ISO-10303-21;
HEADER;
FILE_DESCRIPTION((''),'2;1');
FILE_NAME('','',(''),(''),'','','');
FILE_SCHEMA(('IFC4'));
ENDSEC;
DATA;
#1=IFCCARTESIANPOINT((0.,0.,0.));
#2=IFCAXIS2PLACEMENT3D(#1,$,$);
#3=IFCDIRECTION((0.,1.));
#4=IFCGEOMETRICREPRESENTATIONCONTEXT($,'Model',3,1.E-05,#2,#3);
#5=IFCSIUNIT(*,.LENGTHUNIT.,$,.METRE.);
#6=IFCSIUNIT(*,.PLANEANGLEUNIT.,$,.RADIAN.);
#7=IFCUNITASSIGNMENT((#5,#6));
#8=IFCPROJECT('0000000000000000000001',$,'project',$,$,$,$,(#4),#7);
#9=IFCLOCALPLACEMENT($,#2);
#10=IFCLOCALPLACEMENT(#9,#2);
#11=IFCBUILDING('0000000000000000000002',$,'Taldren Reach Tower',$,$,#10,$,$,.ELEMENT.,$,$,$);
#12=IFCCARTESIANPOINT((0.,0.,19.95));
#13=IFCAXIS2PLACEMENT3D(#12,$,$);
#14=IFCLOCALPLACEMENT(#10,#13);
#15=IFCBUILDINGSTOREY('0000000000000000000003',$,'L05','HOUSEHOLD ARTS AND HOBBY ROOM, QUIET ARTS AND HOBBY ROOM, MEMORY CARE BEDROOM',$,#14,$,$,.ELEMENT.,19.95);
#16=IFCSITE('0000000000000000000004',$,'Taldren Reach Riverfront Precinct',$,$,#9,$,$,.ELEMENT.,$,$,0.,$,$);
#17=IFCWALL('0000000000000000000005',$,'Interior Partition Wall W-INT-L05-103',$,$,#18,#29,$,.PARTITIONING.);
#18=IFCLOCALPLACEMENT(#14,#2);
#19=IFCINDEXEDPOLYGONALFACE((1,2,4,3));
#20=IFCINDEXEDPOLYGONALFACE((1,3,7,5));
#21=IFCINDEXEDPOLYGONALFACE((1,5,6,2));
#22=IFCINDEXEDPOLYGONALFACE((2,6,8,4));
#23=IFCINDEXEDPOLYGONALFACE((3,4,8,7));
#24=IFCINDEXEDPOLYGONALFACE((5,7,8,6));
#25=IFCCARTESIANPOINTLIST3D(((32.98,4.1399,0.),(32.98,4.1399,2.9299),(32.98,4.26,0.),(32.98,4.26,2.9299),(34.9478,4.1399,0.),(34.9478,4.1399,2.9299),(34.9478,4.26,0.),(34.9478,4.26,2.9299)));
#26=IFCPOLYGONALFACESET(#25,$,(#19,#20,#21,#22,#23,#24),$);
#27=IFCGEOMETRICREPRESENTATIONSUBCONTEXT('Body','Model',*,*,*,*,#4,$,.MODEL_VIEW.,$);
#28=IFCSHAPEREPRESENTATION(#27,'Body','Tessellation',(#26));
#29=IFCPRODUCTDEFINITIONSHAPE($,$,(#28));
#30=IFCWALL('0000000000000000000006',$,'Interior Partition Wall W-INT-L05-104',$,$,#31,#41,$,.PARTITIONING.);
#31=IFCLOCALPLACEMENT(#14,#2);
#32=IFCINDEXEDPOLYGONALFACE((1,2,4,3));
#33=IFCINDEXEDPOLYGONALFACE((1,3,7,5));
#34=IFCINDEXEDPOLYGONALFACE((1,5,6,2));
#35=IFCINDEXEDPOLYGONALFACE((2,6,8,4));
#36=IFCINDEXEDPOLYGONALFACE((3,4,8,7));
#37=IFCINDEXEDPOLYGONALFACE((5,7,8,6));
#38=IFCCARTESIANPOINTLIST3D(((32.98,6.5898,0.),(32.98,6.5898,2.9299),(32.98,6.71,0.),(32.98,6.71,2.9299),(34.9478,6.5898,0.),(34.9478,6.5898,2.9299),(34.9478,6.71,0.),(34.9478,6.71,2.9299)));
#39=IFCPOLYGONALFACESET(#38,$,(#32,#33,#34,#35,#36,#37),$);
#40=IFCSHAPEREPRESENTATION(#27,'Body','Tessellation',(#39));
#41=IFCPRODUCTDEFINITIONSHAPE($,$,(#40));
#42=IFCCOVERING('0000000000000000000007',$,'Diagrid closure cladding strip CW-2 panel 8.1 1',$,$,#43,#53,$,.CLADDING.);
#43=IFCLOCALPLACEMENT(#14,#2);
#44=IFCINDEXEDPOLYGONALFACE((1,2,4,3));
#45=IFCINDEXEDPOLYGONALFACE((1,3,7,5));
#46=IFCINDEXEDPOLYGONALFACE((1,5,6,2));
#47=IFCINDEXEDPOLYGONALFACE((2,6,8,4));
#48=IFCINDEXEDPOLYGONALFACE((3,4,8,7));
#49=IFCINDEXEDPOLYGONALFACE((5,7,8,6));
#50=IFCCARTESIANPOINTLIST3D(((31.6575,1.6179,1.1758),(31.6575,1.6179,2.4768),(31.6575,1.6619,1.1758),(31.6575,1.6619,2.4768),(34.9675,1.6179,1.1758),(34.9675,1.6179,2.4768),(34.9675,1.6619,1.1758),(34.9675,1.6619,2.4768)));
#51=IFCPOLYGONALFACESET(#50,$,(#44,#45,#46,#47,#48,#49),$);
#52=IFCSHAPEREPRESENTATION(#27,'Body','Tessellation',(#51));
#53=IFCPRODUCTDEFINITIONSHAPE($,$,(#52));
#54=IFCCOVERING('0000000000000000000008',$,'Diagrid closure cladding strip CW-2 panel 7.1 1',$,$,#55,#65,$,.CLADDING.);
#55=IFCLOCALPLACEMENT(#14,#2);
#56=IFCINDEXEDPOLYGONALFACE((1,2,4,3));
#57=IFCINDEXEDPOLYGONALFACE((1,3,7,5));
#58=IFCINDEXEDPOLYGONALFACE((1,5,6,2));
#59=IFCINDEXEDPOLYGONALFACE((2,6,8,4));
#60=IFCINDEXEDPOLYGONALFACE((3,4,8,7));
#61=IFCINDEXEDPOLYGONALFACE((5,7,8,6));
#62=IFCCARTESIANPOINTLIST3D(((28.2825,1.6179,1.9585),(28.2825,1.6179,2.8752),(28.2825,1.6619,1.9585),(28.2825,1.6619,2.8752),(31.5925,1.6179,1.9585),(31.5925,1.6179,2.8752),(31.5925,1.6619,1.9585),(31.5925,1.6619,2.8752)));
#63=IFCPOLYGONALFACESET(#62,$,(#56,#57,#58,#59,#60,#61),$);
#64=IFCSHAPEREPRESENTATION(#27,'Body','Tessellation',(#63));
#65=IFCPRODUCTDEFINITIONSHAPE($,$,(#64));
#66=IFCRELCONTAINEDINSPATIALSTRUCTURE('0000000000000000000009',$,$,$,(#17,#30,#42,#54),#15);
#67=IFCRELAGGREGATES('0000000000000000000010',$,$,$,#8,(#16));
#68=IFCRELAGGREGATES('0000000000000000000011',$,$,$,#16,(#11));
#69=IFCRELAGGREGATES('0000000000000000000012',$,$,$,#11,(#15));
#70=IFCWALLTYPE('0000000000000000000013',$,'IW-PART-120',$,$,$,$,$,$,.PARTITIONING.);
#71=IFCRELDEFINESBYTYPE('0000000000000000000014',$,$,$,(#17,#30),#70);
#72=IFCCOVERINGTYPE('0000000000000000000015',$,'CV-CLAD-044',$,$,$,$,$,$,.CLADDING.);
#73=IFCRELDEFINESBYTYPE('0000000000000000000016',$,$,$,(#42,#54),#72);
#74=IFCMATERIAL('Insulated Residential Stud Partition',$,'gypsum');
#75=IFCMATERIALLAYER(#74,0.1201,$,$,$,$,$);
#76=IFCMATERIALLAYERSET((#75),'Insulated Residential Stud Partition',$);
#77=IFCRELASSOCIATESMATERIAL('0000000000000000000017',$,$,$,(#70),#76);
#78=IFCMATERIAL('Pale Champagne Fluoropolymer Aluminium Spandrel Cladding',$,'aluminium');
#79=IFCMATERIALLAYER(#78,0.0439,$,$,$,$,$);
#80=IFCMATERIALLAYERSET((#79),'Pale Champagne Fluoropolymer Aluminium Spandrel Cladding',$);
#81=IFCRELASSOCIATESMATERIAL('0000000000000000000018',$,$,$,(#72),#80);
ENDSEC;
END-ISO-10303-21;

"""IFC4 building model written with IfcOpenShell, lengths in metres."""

from ifc_helpers import new_model, si_unit, direction, frame, frame_2d, origin, origin_2d, place, context, subcontext, project, spatial, rectangle, extrude, source, transform, mapped, material, layer, layer_set, type_object, element, save


model = new_model("IFC4")

# Units and contexts
model_context = context("Model", 3, precision=1e-05, world=origin(), true_north=direction((0.0, 1.0)))
body_context = subcontext(model_context, "Body", "Model", "MODEL_VIEW")
ifc_project = project(units=[si_unit("LENGTHUNIT", "METRE"), si_unit("PLANEANGLEUNIT", "RADIAN")], contexts=[model_context])

# Site, building, storey
site_placement = place(None, origin())
site = spatial("IfcSite", under=ifc_project, at=site_placement, Name="Taldren Reach Riverfront Precinct", CompositionType="ELEMENT", RefElevation=0.0)
building_placement = place(site_placement, origin())
building = spatial("IfcBuilding", under=site, at=building_placement, Name="Taldren Reach Tower", CompositionType="ELEMENT")
storey_placement = place(building_placement, frame((0.0, 0.0, 19.95)))
storey = spatial("IfcBuildingStorey", under=building, at=storey_placement, Name="L05", Description="HOUSEHOLD ARTS AND HOBBY ROOM, QUIET ARTS AND HOBBY ROOM, MEMORY CARE BEDROOM", CompositionType="ELEMENT", Elevation=19.95)

# Shared definitions
ifc_material_1 = material(Name="Insulated Residential Stud Partition", Category="gypsum")
ifc_layer_1 = layer(ifc_material_1, 0.1201)
ifc_layer_set_1 = layer_set([ifc_layer_1], Name="Insulated Residential Stud Partition")
wall_type_1 = type_object("IfcWallType", Name="IW-PART-120", PredefinedType="PARTITIONING", material=ifc_layer_set_1)

# Walls
shared_shape_1 = source(origin(), body_context, "Body", "SweptSolid", [
    extrude(rectangle(XDim=1.9678, YDim=0.1201, at=frame_2d((0.9839, 0.0))), origin(), (0.0, 0.0, 1.0), 2.9299),
])
for number, where, z_axis, x_axis, name in (
    (1, (32.98, 4.2, 0.0), (0.0, 0.0, 1.0), (1.0, 0.0, 0.0), "Interior Partition Wall W-INT-L05-103"),
    (2, (34.9478, 6.6499, 0.0), (0.0, 0.0, 1.0), (-1.0, 0.0, 0.0), "Interior Partition Wall W-INT-L05-104"),
):
    element("IfcWall", number, at=place(storey_placement, frame(where, z_axis=z_axis, x_axis=x_axis)), inside=storey, type_object=wall_type_1, Name=name, PredefinedType="PARTITIONING", context=body_context, shape_type="MappedRepresentation", body=[
        mapped(shared_shape_1, transform((0.0, 0.0, 0.0), scale=1.0)),
    ])

# Coverings
ifc_material_2 = material(Name="Pale Champagne Fluoropolymer Aluminium Spandrel Cladding", Category="aluminium")
ifc_layer_2 = layer(ifc_material_2, 0.0439)
ifc_layer_set_2 = layer_set([ifc_layer_2], Name="Pale Champagne Fluoropolymer Aluminium Spandrel Cladding")
covering_type = type_object("IfcCoveringType", Name="CV-CLAD-044", PredefinedType="CLADDING", material=ifc_layer_set_2)
shared_shape_2 = source(origin(), body_context, "Body", "SweptSolid", [
    extrude(rectangle(XDim=3.3101, YDim=0.0439, at=origin_2d()), origin(), (0.0, 0.0, 1.0), 1.301),
])
covering_1_placement = place(storey_placement, frame((33.3125, 1.6399, 1.1758), z_axis=(0.0, 0.0, 1.0), x_axis=(1.0, 0.0, 0.0)))
element("IfcCovering", 3, at=covering_1_placement, inside=storey, type_object=covering_type, Name="Diagrid closure cladding strip CW-2 panel 8.1 1", PredefinedType="CLADDING", context=body_context, shape_type="MappedRepresentation", body=[
    mapped(shared_shape_2, transform((0.0, 0.0, 0.0), scale=1.0)),
])
shared_shape_3 = source(origin(), body_context, "Body", "SweptSolid", [
    extrude(rectangle(XDim=3.3101, YDim=0.0439, at=origin_2d()), origin(), (0.0, 0.0, 1.0), 0.9167),
])
covering_2_placement = place(storey_placement, frame((29.9375, 1.6399, 1.9585), z_axis=(0.0, 0.0, 1.0), x_axis=(1.0, 0.0, 0.0)))
element("IfcCovering", 4, at=covering_2_placement, inside=storey, type_object=covering_type, Name="Diagrid closure cladding strip CW-2 panel 7.1 1", PredefinedType="CLADDING", context=body_context, shape_type="MappedRepresentation", body=[
    mapped(shared_shape_3, transform((0.0, 0.0, 0.0), scale=1.0)),
])

save(model, "model.ifc")
